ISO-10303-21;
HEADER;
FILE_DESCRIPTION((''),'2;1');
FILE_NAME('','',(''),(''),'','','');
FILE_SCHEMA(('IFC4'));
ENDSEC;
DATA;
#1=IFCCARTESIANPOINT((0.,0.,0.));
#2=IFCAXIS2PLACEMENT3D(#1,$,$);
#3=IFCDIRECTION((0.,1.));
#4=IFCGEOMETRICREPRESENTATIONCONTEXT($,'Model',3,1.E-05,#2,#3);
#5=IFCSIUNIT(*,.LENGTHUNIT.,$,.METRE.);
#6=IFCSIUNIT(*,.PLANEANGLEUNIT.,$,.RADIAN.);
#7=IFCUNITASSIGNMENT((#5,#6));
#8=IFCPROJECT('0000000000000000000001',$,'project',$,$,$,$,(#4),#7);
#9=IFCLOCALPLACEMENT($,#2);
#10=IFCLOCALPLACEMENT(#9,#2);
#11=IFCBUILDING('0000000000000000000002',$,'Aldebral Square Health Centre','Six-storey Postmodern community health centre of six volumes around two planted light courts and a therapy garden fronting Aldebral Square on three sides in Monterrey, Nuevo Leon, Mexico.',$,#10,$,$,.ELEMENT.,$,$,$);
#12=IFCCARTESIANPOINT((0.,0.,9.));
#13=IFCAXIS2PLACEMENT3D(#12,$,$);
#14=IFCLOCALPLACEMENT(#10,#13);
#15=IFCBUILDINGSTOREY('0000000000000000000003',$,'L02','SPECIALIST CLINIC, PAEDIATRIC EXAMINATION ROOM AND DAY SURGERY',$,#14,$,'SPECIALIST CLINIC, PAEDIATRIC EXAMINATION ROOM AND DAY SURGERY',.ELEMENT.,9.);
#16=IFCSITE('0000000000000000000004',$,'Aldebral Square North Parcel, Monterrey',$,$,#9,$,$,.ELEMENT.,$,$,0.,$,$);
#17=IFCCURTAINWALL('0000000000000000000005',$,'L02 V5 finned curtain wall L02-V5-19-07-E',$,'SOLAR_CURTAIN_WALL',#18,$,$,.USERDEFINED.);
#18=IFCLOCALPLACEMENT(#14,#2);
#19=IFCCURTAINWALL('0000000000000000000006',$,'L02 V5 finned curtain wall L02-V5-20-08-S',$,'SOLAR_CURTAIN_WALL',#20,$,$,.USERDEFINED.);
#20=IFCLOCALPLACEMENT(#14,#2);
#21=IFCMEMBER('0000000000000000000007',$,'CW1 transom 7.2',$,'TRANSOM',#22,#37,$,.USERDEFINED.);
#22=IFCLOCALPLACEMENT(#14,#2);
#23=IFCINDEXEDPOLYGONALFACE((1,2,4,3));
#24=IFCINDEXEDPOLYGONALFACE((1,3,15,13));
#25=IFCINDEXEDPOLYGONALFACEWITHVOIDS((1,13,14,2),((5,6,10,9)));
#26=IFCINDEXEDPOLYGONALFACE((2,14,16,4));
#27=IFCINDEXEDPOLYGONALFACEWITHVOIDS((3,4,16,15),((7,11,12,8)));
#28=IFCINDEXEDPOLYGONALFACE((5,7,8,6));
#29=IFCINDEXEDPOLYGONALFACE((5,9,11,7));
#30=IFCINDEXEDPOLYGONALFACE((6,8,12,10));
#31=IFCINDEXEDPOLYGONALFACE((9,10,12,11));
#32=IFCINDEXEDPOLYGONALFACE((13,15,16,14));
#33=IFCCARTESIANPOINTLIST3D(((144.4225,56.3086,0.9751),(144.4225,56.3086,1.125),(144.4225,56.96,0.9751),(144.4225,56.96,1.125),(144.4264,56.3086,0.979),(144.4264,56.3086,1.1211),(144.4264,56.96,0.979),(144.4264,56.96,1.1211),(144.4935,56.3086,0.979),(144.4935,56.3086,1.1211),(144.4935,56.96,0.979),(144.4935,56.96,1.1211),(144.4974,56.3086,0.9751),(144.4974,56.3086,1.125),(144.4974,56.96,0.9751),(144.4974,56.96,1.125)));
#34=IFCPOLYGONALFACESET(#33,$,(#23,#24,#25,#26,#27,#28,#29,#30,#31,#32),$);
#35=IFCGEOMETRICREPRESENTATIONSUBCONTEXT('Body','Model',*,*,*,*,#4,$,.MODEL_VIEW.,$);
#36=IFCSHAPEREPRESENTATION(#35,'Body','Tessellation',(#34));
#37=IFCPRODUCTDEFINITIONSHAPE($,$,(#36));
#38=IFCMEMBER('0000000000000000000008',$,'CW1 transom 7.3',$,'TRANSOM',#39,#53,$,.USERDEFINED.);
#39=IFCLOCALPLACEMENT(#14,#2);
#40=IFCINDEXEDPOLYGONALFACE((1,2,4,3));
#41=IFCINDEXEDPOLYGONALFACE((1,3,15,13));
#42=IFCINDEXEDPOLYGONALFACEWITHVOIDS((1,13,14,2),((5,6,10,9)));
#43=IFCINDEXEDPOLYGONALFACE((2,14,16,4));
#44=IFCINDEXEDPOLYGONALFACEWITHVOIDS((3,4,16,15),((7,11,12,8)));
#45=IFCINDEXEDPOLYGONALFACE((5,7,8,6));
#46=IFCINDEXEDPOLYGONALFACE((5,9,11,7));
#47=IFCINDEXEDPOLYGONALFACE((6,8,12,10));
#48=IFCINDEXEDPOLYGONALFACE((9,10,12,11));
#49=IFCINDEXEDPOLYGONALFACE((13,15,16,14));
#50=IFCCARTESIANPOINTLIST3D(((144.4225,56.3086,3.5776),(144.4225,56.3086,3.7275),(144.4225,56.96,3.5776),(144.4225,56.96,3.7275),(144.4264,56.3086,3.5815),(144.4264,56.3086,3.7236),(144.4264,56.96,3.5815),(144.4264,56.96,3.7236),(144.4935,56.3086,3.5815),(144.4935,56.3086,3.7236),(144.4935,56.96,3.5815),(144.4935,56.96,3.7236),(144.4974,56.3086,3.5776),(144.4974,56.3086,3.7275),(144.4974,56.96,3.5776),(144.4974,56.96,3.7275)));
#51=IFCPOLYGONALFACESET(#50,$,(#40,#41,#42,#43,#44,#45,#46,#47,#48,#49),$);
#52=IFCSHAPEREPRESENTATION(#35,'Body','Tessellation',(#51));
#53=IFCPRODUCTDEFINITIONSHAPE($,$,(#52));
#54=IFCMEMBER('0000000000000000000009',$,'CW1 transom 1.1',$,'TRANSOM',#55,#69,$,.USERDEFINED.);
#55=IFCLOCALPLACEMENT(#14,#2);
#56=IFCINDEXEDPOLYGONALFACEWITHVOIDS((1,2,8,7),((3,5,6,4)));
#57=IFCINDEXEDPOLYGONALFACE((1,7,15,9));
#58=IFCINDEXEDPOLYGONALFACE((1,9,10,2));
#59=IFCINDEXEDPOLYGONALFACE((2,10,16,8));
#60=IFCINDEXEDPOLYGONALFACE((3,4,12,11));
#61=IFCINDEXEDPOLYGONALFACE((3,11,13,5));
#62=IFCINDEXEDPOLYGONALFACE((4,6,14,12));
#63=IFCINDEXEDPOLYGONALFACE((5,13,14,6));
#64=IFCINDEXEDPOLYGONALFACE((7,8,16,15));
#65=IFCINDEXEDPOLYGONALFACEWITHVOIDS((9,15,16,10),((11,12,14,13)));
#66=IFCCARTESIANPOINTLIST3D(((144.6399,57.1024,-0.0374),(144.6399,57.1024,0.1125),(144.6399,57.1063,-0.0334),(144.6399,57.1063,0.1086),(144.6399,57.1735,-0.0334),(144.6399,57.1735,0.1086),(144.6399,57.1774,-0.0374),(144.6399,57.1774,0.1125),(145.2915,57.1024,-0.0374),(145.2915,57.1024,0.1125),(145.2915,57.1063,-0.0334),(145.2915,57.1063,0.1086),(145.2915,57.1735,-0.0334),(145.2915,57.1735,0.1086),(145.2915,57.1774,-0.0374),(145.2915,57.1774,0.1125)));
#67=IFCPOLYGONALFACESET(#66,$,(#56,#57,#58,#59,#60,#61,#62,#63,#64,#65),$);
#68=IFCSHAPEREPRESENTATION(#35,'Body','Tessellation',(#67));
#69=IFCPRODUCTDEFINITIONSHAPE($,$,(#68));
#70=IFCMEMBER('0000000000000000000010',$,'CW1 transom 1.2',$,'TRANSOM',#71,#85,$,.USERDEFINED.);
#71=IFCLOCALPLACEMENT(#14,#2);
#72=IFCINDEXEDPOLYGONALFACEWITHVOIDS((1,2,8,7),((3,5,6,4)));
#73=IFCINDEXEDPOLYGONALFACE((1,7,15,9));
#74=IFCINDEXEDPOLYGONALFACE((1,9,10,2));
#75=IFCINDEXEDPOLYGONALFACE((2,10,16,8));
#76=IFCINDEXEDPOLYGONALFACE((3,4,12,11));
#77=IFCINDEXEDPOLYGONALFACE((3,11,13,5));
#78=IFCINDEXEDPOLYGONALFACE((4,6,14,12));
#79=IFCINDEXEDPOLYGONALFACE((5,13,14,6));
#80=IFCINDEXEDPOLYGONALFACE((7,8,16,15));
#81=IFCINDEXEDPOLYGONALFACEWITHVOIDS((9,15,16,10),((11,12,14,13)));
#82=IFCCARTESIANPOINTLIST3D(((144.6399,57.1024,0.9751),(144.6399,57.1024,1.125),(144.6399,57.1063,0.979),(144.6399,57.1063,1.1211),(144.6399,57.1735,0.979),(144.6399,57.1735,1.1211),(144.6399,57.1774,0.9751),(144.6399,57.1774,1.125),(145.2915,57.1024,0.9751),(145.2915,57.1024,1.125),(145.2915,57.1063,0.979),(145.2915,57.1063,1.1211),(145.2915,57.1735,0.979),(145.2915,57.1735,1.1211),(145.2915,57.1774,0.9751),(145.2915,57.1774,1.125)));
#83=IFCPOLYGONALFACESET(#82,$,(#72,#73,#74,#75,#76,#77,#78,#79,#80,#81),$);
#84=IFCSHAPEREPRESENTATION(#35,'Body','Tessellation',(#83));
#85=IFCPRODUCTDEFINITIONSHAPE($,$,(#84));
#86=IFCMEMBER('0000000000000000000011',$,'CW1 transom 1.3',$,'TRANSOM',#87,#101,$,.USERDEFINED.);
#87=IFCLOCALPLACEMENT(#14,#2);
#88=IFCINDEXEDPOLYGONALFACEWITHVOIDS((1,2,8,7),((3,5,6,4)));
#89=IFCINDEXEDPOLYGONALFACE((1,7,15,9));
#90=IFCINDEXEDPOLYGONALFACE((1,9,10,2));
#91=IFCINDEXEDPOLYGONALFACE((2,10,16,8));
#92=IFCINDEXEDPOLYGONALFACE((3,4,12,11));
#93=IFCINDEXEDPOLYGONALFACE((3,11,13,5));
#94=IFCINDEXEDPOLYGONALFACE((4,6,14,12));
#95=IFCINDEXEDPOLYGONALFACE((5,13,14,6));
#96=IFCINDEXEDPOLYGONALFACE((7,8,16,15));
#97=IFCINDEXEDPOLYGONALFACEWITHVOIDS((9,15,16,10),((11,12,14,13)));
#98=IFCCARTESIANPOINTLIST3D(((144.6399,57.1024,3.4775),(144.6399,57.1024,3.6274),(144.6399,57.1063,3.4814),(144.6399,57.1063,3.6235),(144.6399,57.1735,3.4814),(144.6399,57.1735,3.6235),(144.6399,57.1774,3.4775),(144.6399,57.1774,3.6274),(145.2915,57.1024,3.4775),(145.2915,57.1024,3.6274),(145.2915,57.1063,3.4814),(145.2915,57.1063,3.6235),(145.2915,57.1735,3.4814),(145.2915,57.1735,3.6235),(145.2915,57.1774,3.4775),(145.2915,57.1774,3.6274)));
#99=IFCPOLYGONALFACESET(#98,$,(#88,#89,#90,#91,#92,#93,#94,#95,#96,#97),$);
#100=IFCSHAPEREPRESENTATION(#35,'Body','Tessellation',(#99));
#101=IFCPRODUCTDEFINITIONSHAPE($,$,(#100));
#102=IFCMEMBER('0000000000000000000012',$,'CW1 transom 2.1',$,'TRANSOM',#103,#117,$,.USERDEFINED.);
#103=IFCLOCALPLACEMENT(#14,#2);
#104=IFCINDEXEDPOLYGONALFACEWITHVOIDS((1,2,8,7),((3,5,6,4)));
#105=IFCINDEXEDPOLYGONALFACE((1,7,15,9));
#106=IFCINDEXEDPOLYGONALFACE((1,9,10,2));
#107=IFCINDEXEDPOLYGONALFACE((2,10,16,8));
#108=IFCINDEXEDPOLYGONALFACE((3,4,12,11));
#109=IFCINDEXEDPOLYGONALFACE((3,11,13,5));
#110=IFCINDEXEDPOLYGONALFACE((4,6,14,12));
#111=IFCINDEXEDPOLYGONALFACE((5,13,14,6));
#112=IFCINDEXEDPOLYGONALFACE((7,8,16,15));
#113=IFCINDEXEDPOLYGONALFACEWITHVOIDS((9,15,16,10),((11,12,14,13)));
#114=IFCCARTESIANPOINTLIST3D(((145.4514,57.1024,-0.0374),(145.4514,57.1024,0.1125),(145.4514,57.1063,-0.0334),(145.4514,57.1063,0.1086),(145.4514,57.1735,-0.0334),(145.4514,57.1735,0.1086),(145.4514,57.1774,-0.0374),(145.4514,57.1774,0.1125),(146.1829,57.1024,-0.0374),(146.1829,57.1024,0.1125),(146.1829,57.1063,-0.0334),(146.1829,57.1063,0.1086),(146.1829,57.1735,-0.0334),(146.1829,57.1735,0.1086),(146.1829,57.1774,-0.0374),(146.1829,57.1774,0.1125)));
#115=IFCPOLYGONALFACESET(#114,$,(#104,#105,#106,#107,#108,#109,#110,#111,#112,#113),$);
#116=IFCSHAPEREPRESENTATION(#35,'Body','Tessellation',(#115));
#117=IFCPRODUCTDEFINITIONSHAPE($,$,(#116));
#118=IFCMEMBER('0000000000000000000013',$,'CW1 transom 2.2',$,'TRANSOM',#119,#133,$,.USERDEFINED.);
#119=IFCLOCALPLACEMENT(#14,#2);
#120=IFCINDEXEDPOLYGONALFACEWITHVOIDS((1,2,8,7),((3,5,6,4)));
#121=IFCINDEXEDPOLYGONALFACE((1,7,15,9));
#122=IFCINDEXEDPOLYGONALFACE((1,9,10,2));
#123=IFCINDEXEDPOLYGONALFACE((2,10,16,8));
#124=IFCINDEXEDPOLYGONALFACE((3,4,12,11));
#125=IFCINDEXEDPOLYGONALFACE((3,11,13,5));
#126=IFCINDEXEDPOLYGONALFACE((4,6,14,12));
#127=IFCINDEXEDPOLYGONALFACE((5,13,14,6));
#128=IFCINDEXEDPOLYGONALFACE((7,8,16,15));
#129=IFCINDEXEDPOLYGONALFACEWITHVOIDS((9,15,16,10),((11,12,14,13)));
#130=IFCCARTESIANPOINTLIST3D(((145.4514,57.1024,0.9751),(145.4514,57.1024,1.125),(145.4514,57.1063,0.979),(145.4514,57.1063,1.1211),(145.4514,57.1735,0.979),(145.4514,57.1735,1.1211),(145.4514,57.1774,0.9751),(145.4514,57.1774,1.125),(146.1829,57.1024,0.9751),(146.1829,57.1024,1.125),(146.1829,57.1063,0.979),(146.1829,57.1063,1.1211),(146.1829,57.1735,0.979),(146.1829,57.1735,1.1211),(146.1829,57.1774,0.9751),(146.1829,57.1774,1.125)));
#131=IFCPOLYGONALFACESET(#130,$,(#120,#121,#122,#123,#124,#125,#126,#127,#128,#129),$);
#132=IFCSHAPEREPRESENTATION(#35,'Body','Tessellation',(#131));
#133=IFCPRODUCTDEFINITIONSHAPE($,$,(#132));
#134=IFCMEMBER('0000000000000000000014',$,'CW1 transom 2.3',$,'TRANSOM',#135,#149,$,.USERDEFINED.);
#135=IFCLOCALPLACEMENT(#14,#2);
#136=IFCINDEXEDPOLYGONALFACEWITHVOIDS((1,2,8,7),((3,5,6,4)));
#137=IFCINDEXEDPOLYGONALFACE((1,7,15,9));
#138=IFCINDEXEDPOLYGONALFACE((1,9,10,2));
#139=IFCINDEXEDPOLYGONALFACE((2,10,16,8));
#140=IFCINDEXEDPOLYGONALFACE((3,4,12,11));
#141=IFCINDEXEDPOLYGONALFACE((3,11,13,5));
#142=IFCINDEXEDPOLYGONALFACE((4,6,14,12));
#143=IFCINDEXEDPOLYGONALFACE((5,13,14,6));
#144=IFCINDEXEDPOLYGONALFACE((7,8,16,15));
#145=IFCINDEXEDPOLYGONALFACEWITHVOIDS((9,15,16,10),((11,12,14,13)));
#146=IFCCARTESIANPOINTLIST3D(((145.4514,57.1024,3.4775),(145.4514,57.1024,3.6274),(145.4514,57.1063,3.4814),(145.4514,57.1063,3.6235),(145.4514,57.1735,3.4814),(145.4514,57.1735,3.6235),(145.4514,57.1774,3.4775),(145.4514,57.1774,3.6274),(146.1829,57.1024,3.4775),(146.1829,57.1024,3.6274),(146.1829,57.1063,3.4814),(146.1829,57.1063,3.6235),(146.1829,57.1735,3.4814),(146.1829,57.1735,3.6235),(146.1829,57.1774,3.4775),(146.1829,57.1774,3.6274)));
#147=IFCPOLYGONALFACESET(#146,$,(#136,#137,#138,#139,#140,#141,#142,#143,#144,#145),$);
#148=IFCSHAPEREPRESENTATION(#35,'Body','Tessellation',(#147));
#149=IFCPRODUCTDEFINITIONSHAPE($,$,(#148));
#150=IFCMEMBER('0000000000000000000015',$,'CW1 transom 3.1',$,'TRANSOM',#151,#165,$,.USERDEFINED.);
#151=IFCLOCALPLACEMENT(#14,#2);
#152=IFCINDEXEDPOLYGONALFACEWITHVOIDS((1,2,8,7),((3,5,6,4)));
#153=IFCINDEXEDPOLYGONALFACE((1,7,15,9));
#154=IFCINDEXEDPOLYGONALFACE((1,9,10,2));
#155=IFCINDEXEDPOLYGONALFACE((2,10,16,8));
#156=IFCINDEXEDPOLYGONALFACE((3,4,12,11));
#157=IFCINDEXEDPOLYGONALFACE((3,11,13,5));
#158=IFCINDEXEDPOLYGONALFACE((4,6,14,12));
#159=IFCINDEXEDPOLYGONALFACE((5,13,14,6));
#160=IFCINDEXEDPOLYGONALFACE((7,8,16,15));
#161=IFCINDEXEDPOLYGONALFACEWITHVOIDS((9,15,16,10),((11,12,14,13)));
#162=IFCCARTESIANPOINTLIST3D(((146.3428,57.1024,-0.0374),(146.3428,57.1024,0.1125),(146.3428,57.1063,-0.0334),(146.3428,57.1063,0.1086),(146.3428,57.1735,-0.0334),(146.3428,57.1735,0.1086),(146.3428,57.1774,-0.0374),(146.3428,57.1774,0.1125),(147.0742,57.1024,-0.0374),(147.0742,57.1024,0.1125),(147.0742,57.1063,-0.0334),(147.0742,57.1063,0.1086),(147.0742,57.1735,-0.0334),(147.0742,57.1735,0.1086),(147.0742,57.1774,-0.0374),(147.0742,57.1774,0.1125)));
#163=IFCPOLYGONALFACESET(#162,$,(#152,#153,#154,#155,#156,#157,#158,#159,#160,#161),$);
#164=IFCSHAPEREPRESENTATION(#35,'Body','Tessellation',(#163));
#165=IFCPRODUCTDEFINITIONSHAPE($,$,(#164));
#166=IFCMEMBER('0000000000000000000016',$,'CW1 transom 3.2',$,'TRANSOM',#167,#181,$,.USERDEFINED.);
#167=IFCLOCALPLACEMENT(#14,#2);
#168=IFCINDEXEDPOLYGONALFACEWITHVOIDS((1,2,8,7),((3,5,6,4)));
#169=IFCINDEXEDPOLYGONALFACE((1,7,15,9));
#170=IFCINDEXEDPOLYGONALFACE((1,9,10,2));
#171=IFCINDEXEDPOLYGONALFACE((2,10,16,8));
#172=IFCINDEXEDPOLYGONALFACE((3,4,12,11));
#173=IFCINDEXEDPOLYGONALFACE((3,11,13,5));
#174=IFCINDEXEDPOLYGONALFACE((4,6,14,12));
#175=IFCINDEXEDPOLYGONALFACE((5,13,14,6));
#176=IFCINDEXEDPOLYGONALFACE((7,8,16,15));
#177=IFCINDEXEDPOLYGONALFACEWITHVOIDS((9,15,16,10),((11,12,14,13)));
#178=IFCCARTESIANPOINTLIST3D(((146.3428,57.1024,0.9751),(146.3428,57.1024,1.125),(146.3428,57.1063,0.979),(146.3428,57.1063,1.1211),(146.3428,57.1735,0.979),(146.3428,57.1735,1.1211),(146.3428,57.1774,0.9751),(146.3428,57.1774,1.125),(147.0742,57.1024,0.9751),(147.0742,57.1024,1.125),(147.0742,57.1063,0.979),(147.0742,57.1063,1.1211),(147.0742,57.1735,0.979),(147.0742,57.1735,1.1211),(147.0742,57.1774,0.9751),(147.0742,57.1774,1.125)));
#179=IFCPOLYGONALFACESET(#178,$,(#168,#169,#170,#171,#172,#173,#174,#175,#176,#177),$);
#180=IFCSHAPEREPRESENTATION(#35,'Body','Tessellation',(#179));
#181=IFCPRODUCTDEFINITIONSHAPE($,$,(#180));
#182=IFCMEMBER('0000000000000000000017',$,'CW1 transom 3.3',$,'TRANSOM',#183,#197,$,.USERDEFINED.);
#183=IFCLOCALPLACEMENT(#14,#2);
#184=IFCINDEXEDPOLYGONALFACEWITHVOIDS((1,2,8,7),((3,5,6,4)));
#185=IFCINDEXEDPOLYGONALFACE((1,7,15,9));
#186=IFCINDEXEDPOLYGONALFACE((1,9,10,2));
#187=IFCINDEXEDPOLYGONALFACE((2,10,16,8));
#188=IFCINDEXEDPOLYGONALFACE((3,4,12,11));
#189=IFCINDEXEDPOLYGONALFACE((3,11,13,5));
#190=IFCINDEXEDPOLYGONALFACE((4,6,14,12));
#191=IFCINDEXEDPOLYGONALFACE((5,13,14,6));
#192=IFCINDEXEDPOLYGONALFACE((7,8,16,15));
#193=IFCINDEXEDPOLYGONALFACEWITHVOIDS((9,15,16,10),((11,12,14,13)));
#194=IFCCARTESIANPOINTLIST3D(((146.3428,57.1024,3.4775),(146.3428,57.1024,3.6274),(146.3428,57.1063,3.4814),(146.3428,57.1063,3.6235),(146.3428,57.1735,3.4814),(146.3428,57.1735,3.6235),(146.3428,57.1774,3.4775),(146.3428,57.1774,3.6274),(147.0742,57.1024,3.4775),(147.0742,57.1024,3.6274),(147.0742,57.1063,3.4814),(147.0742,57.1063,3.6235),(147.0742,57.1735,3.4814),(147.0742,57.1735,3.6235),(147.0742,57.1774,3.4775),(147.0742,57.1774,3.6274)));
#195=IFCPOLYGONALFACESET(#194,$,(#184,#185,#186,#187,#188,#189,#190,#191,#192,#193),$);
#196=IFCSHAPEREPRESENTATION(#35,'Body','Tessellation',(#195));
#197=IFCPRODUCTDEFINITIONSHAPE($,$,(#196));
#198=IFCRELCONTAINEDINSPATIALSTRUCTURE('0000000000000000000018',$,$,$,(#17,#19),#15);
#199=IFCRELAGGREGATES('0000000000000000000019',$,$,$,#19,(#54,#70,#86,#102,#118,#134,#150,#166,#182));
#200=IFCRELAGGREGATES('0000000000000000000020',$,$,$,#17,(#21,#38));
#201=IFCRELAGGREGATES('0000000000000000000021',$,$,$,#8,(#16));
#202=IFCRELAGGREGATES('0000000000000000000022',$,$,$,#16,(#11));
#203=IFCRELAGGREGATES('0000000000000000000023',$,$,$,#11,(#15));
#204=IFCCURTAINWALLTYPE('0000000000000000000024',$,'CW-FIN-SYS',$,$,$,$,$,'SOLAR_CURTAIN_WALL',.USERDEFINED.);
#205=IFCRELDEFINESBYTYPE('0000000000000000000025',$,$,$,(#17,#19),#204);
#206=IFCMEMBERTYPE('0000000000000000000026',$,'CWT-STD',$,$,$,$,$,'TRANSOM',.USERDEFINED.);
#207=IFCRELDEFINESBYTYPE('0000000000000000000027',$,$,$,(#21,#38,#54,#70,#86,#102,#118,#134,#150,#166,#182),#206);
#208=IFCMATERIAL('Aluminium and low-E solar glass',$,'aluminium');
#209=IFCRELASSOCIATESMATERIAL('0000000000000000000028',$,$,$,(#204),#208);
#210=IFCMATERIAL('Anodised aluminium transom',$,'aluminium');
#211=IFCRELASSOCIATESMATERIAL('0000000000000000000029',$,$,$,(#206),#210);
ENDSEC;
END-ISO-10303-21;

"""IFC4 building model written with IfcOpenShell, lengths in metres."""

from ifc_helpers import new_model, si_unit, direction, frame, origin, origin_2d, place, context, subcontext, project, spatial, hollow_rectangle, extrude, material, material_profile, profile_set, type_object, element, aggregate, save


model = new_model("IFC4")

# Units and contexts
model_context = context("Model", 3, precision=1e-05, world=origin(), true_north=direction((0.0, 1.0)))
body_context = subcontext(model_context, "Body", "Model", "MODEL_VIEW")
ifc_project = project(units=[si_unit("LENGTHUNIT", "METRE"), si_unit("PLANEANGLEUNIT", "RADIAN")], contexts=[model_context])

# Site, building, storey
site_placement = place(None, origin())
site = spatial("IfcSite", under=ifc_project, at=site_placement, Name="Aldebral Square North Parcel, Monterrey", CompositionType="ELEMENT", RefElevation=0.0)
building_placement = place(site_placement, origin())
building = spatial("IfcBuilding", under=site, at=building_placement, Name="Aldebral Square Health Centre", Description="Six-storey Postmodern community health centre of six volumes around two planted light courts and a therapy garden fronting Aldebral Square on three sides in Monterrey, Nuevo Leon, Mexico.", CompositionType="ELEMENT")
storey_placement = place(building_placement, frame((0.0, 0.0, 9.0)))
storey = spatial("IfcBuildingStorey", under=building, at=storey_placement, Name="L02", Description="SPECIALIST CLINIC, PAEDIATRIC EXAMINATION ROOM AND DAY SURGERY", LongName="SPECIALIST CLINIC, PAEDIATRIC EXAMINATION ROOM AND DAY SURGERY", CompositionType="ELEMENT", Elevation=9.0)

# Curtain walls
ifc_material_1 = material(Name="Aluminium and low-E solar glass", Category="aluminium")
curtain_wall_type = type_object("IfcCurtainWallType", Name="CW-FIN-SYS", ElementType="SOLAR_CURTAIN_WALL", PredefinedType="USERDEFINED", material=ifc_material_1)
curtain_wall_1_placement = place(storey_placement, origin())
curtain_wall_1 = element("IfcCurtainWall", 1, at=curtain_wall_1_placement, inside=storey, type_object=curtain_wall_type, Name="L02 V5 finned curtain wall L02-V5-19-07-E", ObjectType="SOLAR_CURTAIN_WALL", PredefinedType="USERDEFINED")
curtain_wall_2_placement = place(storey_placement, origin())
curtain_wall_2 = element("IfcCurtainWall", 2, at=curtain_wall_2_placement, inside=storey, type_object=curtain_wall_type, Name="L02 V5 finned curtain wall L02-V5-20-08-S", ObjectType="SOLAR_CURTAIN_WALL", PredefinedType="USERDEFINED")

# Members
ifc_material_2 = material(Name="Anodised aluminium transom", Category="aluminium")
ifc_material_profile_1 = material_profile(ifc_material_2, hollow_rectangle(XDim=0.075, YDim=0.1499, WallThickness=0.0039, at=origin_2d()), Name="CWT 75x150x4")
ifc_profile_set_1 = profile_set([ifc_material_profile_1], Name="Anodised aluminium transom")
member_type_1 = type_object("IfcMemberType", Name="CWT-STD", ElementType="TRANSOM", PredefinedType="USERDEFINED", material=ifc_profile_set_1)
member_1_placement = place(storey_placement, frame((144.46, 56.3086, 1.05), z_axis=(0.0, 1.0, 0.0), x_axis=(-1.0, 0.0, 0.0)))
member_1 = element("IfcMember", 3, at=member_1_placement, type_object=member_type_1, Name="CW1 transom 7.2", ObjectType="TRANSOM", PredefinedType="USERDEFINED", context=body_context, shape_type="SweptSolid", body=[
    extrude(hollow_rectangle(XDim=0.075, YDim=0.1499, WallThickness=0.0039, at=origin_2d()), origin(), (0.0, 0.0, 1.0), 0.6514),
])
member_2_placement = place(storey_placement, frame((144.46, 56.3086, 3.6526), z_axis=(0.0, 1.0, 0.0), x_axis=(-1.0, 0.0, 0.0)))
member_2 = element("IfcMember", 4, at=member_2_placement, type_object=member_type_1, Name="CW1 transom 7.3", ObjectType="TRANSOM", PredefinedType="USERDEFINED", context=body_context, shape_type="SweptSolid", body=[
    extrude(hollow_rectangle(XDim=0.075, YDim=0.1499, WallThickness=0.0039, at=origin_2d()), origin(), (0.0, 0.0, 1.0), 0.6514),
])
member_3_placement = place(storey_placement, frame((144.6399, 57.1399, 0.0376), z_axis=(1.0, 0.0, 0.0), x_axis=(0.0, 1.0, 0.0)))
member_3 = element("IfcMember", 5, at=member_3_placement, type_object=member_type_1, Name="CW1 transom 1.1", ObjectType="TRANSOM", PredefinedType="USERDEFINED", context=body_context, shape_type="SweptSolid", body=[
    extrude(hollow_rectangle(XDim=0.075, YDim=0.1499, WallThickness=0.0039, at=origin_2d()), origin(), (0.0, 0.0, 1.0), 0.6516),
])
member_4_placement = place(storey_placement, frame((144.6399, 57.1399, 1.05), z_axis=(1.0, 0.0, 0.0), x_axis=(0.0, 1.0, 0.0)))
member_4 = element("IfcMember", 6, at=member_4_placement, type_object=member_type_1, Name="CW1 transom 1.2", ObjectType="TRANSOM", PredefinedType="USERDEFINED", context=body_context, shape_type="SweptSolid", body=[
    extrude(hollow_rectangle(XDim=0.075, YDim=0.1499, WallThickness=0.0039, at=origin_2d()), origin(), (0.0, 0.0, 1.0), 0.6516),
])
member_5_placement = place(storey_placement, frame((144.6399, 57.1399, 3.5525), z_axis=(1.0, 0.0, 0.0), x_axis=(0.0, 1.0, 0.0)))
member_5 = element("IfcMember", 7, at=member_5_placement, type_object=member_type_1, Name="CW1 transom 1.3", ObjectType="TRANSOM", PredefinedType="USERDEFINED", context=body_context, shape_type="SweptSolid", body=[
    extrude(hollow_rectangle(XDim=0.075, YDim=0.1499, WallThickness=0.0039, at=origin_2d()), origin(), (0.0, 0.0, 1.0), 0.6516),
])
member_6_placement = place(storey_placement, frame((145.4514, 57.1399, 0.0376), z_axis=(1.0, 0.0, 0.0), x_axis=(0.0, 1.0, 0.0)))
member_6 = element("IfcMember", 8, at=member_6_placement, type_object=member_type_1, Name="CW1 transom 2.1", ObjectType="TRANSOM", PredefinedType="USERDEFINED", context=body_context, shape_type="SweptSolid", body=[
    extrude(hollow_rectangle(XDim=0.075, YDim=0.1499, WallThickness=0.0039, at=origin_2d()), origin(), (0.0, 0.0, 1.0), 0.7314),
])
member_7_placement = place(storey_placement, frame((145.4514, 57.1399, 1.05), z_axis=(1.0, 0.0, 0.0), x_axis=(0.0, 1.0, 0.0)))
member_7 = element("IfcMember", 9, at=member_7_placement, type_object=member_type_1, Name="CW1 transom 2.2", ObjectType="TRANSOM", PredefinedType="USERDEFINED", context=body_context, shape_type="SweptSolid", body=[
    extrude(hollow_rectangle(XDim=0.075, YDim=0.1499, WallThickness=0.0039, at=origin_2d()), origin(), (0.0, 0.0, 1.0), 0.7314),
])
member_8_placement = place(storey_placement, frame((145.4514, 57.1399, 3.5525), z_axis=(1.0, 0.0, 0.0), x_axis=(0.0, 1.0, 0.0)))
member_8 = element("IfcMember", 10, at=member_8_placement, type_object=member_type_1, Name="CW1 transom 2.3", ObjectType="TRANSOM", PredefinedType="USERDEFINED", context=body_context, shape_type="SweptSolid", body=[
    extrude(hollow_rectangle(XDim=0.075, YDim=0.1499, WallThickness=0.0039, at=origin_2d()), origin(), (0.0, 0.0, 1.0), 0.7314),
])
member_9_placement = place(storey_placement, frame((146.3428, 57.1399, 0.0376), z_axis=(1.0, 0.0, 0.0), x_axis=(0.0, 1.0, 0.0)))
member_9 = element("IfcMember", 11, at=member_9_placement, type_object=member_type_1, Name="CW1 transom 3.1", ObjectType="TRANSOM", PredefinedType="USERDEFINED", context=body_context, shape_type="SweptSolid", body=[
    extrude(hollow_rectangle(XDim=0.075, YDim=0.1499, WallThickness=0.0039, at=origin_2d()), origin(), (0.0, 0.0, 1.0), 0.7314),
])
member_10_placement = place(storey_placement, frame((146.3428, 57.1399, 1.05), z_axis=(1.0, 0.0, 0.0), x_axis=(0.0, 1.0, 0.0)))
member_10 = element("IfcMember", 12, at=member_10_placement, type_object=member_type_1, Name="CW1 transom 3.2", ObjectType="TRANSOM", PredefinedType="USERDEFINED", context=body_context, shape_type="SweptSolid", body=[
    extrude(hollow_rectangle(XDim=0.075, YDim=0.1499, WallThickness=0.0039, at=origin_2d()), origin(), (0.0, 0.0, 1.0), 0.7314),
])
member_11_placement = place(storey_placement, frame((146.3428, 57.1399, 3.5525), z_axis=(1.0, 0.0, 0.0), x_axis=(0.0, 1.0, 0.0)))
member_11 = element("IfcMember", 13, at=member_11_placement, type_object=member_type_1, Name="CW1 transom 3.3", ObjectType="TRANSOM", PredefinedType="USERDEFINED", context=body_context, shape_type="SweptSolid", body=[
    extrude(hollow_rectangle(XDim=0.075, YDim=0.1499, WallThickness=0.0039, at=origin_2d()), origin(), (0.0, 0.0, 1.0), 0.7314),
])

aggregate(curtain_wall_2, [member_3, member_4, member_5, member_6, member_7, member_8, member_9, member_10, member_11])
aggregate(curtain_wall_1, [member_1, member_2])

save(model, "model.ifc")
